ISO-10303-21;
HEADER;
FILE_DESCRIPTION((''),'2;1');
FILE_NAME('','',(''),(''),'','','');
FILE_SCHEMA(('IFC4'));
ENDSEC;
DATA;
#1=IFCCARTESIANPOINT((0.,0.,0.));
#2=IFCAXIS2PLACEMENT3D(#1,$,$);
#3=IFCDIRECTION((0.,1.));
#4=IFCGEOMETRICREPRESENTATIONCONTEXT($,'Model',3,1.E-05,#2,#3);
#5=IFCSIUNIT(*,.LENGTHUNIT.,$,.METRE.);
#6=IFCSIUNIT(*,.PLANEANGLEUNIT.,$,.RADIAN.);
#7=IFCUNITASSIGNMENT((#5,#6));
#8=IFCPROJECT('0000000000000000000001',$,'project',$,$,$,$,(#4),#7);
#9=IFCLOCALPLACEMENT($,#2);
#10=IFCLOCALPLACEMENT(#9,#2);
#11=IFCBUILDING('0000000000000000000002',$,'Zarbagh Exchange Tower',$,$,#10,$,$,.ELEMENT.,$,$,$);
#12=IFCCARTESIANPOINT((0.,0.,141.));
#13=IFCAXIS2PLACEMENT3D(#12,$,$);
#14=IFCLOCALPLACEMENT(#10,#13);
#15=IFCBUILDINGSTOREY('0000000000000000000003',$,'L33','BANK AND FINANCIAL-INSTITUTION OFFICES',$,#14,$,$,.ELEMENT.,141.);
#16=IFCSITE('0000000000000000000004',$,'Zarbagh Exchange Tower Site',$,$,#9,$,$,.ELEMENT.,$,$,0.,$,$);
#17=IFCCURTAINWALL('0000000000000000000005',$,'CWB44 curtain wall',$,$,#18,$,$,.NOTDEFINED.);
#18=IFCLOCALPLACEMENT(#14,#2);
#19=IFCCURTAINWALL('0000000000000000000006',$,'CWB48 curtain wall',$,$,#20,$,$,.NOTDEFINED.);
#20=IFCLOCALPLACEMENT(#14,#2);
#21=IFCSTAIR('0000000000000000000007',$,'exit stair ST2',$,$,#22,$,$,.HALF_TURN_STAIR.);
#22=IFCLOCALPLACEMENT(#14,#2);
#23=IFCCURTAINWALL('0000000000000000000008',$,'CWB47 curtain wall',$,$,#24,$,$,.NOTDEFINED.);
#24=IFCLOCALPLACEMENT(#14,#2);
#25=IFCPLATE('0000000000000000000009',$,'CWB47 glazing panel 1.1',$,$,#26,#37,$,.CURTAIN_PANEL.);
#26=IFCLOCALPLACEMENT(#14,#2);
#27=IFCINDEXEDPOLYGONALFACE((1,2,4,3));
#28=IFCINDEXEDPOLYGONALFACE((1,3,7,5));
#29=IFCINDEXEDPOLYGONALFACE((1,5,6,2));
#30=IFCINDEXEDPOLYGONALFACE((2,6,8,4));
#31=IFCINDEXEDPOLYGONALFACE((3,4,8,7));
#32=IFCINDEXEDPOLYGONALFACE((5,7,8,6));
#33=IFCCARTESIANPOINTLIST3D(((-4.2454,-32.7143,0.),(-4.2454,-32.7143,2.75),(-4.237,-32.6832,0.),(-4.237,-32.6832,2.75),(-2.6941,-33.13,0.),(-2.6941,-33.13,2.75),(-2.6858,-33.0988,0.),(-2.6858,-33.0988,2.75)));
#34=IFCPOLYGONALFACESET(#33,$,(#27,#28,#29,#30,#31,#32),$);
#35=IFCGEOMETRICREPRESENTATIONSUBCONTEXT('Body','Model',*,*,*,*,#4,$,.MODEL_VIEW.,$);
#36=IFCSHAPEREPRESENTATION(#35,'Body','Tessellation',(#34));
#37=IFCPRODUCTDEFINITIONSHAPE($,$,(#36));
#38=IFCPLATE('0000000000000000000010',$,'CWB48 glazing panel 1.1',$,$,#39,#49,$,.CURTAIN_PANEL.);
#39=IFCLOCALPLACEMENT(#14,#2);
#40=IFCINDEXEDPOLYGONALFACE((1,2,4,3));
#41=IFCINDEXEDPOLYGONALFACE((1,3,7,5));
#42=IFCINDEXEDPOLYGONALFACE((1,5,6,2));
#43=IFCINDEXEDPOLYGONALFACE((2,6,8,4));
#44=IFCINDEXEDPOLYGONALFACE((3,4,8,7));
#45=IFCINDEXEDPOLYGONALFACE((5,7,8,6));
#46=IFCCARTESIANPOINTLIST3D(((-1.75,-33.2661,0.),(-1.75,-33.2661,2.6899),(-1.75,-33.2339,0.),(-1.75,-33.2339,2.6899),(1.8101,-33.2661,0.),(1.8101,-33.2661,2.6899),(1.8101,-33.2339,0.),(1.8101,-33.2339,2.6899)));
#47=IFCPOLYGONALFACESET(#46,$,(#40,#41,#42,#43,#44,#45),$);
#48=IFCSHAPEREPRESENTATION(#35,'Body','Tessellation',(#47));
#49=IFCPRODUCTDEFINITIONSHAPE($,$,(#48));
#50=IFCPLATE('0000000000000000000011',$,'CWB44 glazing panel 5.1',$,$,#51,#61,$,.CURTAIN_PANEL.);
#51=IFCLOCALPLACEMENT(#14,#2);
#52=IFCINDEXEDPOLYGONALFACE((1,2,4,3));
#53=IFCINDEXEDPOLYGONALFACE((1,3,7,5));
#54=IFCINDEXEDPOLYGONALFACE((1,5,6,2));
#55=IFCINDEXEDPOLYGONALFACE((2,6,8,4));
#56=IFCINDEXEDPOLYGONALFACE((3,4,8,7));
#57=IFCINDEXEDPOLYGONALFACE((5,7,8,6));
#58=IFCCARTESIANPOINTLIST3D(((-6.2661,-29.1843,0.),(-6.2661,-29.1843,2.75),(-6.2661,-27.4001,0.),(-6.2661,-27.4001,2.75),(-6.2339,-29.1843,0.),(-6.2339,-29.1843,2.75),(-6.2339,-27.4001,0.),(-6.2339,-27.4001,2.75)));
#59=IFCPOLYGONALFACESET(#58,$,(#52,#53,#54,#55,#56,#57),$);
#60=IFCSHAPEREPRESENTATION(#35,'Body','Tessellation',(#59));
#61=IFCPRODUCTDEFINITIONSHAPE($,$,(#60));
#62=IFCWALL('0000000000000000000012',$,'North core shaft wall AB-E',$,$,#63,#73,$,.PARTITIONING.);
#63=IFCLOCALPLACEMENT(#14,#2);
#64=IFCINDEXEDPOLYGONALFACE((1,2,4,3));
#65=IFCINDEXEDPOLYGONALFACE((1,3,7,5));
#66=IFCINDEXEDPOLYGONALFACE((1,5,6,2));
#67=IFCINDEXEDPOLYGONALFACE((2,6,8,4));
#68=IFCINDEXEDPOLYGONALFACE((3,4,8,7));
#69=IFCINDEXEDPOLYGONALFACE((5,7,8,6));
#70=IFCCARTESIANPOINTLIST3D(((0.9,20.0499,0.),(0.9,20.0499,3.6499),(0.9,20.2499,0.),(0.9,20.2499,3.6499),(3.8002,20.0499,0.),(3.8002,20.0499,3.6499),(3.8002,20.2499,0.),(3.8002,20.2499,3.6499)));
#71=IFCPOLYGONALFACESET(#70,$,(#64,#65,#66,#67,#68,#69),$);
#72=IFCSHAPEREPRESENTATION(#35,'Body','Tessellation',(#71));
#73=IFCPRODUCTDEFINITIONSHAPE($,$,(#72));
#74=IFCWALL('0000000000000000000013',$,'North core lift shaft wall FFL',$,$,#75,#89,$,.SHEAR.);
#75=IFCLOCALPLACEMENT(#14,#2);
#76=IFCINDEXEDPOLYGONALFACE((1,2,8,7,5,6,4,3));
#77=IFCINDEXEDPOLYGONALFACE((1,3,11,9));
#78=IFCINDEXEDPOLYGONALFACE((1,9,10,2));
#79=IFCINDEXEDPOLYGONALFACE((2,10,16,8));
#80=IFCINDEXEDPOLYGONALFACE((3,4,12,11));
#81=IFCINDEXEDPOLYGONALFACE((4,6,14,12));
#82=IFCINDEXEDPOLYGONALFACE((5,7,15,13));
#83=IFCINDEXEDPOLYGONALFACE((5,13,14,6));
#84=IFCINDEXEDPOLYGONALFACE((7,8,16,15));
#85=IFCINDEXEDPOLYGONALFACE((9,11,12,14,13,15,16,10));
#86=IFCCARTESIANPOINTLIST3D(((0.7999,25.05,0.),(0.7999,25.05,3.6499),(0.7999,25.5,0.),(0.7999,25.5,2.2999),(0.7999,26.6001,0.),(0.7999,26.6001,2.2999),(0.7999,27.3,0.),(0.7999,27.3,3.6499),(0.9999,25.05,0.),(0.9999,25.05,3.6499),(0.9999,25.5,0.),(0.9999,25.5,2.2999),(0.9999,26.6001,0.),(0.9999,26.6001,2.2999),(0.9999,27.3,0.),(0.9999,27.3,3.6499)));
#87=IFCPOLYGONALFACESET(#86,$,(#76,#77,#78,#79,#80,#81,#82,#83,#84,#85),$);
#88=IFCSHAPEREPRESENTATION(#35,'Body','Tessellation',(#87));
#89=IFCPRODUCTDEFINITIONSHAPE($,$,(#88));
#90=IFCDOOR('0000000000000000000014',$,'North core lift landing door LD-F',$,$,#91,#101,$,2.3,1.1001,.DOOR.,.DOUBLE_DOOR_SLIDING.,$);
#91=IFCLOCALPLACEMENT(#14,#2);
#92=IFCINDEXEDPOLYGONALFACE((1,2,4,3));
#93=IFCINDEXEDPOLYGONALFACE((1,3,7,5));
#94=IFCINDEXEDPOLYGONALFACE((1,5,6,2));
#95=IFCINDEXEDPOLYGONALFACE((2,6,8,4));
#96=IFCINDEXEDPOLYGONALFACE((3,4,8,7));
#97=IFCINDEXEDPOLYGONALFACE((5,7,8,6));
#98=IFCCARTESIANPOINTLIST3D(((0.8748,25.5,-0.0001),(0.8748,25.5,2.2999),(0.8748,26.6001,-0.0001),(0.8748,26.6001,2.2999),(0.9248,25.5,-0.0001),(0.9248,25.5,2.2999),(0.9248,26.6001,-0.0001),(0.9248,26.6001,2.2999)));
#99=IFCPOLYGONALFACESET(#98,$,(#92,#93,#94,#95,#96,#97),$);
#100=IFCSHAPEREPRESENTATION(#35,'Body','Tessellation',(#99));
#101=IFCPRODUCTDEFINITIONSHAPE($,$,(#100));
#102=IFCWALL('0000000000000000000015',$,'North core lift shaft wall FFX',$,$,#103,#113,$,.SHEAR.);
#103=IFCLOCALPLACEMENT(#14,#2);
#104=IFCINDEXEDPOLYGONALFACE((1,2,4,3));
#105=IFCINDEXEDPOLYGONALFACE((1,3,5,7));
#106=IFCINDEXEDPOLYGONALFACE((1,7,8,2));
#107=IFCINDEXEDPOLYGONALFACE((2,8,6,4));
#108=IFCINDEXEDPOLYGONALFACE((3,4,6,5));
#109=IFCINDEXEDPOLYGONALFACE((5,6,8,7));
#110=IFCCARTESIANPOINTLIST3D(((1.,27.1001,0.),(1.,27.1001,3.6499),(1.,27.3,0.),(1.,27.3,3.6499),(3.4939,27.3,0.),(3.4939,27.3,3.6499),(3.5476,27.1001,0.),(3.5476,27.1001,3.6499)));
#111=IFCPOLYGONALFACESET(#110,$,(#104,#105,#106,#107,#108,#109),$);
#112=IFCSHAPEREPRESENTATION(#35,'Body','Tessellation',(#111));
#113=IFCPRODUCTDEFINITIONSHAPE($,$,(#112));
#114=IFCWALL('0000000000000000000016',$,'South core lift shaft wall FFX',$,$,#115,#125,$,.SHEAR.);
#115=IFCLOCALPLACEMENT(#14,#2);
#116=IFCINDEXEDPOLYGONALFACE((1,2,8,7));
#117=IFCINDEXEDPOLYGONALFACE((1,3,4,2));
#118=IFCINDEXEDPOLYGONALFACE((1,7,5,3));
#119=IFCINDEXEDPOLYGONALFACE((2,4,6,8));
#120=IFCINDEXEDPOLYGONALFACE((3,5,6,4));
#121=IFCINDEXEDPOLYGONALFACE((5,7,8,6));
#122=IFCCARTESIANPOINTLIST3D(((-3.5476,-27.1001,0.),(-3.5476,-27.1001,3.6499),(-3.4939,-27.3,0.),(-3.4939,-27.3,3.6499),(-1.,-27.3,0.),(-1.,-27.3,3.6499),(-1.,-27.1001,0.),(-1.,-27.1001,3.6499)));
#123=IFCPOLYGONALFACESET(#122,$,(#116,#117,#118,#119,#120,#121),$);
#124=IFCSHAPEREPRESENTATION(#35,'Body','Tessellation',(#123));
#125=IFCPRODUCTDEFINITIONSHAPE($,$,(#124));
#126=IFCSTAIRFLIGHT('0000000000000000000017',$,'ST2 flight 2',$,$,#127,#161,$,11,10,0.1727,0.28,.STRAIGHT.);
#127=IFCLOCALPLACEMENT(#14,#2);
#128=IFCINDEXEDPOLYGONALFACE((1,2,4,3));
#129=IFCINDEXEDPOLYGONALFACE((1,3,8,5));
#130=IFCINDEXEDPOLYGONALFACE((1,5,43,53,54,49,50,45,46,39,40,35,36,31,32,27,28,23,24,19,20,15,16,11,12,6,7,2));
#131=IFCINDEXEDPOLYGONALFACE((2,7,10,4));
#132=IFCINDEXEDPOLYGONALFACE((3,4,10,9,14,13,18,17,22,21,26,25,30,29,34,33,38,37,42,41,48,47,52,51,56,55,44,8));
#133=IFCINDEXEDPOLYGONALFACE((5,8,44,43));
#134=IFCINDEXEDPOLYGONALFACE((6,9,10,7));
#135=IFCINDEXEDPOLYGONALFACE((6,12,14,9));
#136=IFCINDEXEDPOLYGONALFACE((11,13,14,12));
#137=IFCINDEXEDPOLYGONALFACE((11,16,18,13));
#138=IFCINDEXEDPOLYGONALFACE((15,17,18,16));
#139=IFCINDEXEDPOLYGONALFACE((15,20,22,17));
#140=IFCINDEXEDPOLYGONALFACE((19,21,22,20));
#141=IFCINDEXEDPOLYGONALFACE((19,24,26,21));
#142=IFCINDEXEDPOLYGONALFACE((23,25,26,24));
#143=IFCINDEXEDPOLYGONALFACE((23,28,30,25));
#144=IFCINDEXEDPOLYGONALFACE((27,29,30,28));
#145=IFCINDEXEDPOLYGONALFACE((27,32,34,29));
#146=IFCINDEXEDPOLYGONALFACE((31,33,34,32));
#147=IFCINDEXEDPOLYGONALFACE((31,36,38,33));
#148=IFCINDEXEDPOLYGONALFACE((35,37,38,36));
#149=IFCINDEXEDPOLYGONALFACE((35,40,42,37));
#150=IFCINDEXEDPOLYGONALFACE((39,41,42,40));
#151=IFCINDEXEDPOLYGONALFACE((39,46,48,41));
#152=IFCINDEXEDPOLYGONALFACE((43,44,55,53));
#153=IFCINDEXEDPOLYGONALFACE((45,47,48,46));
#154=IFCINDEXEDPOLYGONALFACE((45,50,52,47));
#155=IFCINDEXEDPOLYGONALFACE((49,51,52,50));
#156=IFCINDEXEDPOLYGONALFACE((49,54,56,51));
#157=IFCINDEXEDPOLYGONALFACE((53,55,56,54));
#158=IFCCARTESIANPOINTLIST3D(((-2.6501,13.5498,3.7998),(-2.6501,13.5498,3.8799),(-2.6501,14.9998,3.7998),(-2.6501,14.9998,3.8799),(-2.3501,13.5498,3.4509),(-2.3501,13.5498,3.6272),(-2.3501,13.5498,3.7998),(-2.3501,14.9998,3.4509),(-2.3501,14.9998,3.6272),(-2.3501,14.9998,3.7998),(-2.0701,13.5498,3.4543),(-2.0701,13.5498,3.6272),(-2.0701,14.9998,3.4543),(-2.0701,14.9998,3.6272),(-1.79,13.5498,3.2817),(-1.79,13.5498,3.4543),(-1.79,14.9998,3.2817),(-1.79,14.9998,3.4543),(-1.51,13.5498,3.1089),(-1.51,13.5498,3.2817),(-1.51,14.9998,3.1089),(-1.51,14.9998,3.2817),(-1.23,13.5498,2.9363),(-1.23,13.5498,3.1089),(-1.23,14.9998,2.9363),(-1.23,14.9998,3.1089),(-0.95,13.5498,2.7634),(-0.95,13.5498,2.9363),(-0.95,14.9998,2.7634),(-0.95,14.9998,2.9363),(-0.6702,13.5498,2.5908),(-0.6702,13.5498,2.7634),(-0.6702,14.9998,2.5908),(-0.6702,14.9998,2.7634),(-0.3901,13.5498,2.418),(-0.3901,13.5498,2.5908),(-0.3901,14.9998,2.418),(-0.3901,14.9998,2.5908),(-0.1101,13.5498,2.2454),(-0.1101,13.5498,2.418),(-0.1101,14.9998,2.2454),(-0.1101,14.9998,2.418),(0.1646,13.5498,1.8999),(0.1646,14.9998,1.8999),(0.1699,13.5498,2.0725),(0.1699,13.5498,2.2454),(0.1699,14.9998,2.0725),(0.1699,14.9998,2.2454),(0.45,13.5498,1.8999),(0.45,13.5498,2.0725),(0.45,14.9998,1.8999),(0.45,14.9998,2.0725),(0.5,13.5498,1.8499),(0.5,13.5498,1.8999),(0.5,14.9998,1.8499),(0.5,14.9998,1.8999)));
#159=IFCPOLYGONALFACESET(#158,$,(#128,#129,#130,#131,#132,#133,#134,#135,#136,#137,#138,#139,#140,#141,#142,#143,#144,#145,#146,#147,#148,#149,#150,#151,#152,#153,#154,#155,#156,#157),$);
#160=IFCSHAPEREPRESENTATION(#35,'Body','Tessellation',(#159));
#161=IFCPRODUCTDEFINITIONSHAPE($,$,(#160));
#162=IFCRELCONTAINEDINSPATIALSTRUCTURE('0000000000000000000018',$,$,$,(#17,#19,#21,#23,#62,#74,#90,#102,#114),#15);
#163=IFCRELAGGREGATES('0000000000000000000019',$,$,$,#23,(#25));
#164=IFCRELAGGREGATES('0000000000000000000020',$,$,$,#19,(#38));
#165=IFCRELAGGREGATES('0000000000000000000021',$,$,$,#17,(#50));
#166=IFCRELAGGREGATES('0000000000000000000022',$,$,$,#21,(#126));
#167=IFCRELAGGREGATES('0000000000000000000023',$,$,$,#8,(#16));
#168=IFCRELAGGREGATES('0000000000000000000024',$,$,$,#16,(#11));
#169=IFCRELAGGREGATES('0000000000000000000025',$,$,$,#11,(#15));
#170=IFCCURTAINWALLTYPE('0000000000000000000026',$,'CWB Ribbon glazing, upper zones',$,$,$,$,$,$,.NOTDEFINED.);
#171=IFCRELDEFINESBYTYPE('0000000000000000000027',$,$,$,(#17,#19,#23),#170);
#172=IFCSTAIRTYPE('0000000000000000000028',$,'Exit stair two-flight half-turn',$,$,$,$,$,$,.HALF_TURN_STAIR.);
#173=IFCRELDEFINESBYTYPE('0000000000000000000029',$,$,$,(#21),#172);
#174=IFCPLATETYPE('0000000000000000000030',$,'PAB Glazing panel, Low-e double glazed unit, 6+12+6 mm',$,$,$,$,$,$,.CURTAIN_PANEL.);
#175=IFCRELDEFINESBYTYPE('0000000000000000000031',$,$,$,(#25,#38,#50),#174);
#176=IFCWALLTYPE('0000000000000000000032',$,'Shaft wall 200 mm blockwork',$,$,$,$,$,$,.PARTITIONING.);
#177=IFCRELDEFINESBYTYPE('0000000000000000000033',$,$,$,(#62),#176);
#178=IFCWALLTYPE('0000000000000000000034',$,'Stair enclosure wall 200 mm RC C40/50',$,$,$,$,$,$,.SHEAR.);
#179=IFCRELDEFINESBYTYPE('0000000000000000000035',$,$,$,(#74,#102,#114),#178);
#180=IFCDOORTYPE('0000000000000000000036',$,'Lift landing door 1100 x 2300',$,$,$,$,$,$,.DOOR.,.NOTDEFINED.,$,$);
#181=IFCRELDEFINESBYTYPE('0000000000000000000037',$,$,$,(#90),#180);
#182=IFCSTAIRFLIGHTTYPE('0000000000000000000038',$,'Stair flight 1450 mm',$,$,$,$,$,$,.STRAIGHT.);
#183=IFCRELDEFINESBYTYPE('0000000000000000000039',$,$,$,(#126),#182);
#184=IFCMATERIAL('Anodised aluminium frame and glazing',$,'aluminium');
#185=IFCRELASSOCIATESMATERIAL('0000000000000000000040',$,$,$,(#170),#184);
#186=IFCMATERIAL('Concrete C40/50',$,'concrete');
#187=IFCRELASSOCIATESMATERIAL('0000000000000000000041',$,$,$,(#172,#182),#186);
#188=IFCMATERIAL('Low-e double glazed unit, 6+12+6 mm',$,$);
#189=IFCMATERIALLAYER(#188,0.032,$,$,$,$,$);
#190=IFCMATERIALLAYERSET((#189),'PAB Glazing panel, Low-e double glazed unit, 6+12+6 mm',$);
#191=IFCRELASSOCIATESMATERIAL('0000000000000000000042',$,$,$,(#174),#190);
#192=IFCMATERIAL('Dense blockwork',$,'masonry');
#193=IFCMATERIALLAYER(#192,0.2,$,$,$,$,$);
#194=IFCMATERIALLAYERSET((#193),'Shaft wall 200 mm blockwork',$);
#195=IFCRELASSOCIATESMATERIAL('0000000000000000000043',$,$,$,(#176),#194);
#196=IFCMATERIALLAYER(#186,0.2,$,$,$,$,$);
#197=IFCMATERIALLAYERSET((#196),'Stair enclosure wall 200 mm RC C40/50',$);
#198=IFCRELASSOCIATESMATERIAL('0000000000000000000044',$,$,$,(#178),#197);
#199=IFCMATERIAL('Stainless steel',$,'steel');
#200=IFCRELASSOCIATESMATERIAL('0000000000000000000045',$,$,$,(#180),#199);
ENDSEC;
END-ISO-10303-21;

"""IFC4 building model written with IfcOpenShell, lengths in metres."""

from ifc_helpers import new_model, si_unit, direction, frame, frame_2d, origin, place, context, subcontext, project, spatial, polyline, rectangle, outline, extrude, source, transform, mapped, material, layer, layer_set, type_object, element, fill, aggregate, save


model = new_model("IFC4")

# Units and contexts
model_context = context("Model", 3, precision=1e-05, world=origin(), true_north=direction((0.0, 1.0)))
body_context = subcontext(model_context, "Body", "Model", "MODEL_VIEW")
ifc_project = project(units=[si_unit("LENGTHUNIT", "METRE"), si_unit("PLANEANGLEUNIT", "RADIAN")], contexts=[model_context])

# Site, building, storey
site_placement = place(None, origin())
site = spatial("IfcSite", under=ifc_project, at=site_placement, Name="Zarbagh Exchange Tower Site", CompositionType="ELEMENT", RefElevation=0.0)
building_placement = place(site_placement, origin())
building = spatial("IfcBuilding", under=site, at=building_placement, Name="Zarbagh Exchange Tower", CompositionType="ELEMENT")
storey_placement = place(building_placement, frame((0.0, 0.0, 141.0)))
storey = spatial("IfcBuildingStorey", under=building, at=storey_placement, Name="L33", Description="BANK AND FINANCIAL-INSTITUTION OFFICES", CompositionType="ELEMENT", Elevation=141.0)

# Curtain wall
ifc_material_1 = material(Name="Anodised aluminium frame and glazing", Category="aluminium")
curtain_wall_type = type_object("IfcCurtainWallType", Name="CWB Ribbon glazing, upper zones", PredefinedType="NOTDEFINED", material=ifc_material_1)
curtain_wall_1_placement = place(storey_placement, origin())
curtain_wall_1 = element("IfcCurtainWall", 1, at=curtain_wall_1_placement, inside=storey, type_object=curtain_wall_type, Name="CWB44 curtain wall", PredefinedType="NOTDEFINED")
placement = place(storey_placement, origin())

# Curtain wall
curtain_wall_2_placement = place(storey_placement, origin())
curtain_wall_2 = element("IfcCurtainWall", 2, at=curtain_wall_2_placement, inside=storey, type_object=curtain_wall_type, Name="CWB48 curtain wall", PredefinedType="NOTDEFINED")

# Stair
ifc_material_2 = material(Name="Concrete C40/50", Category="concrete")
stair_type = type_object("IfcStairType", Name="Exit stair two-flight half-turn", PredefinedType="HALF_TURN_STAIR", material=ifc_material_2)
stair_1_placement = place(storey_placement, origin())
stair_1 = element("IfcStair", 3, at=stair_1_placement, inside=storey, type_object=stair_type, Name="exit stair ST2", PredefinedType="HALF_TURN_STAIR")

# Shared definitions
ifc_material_3 = material(Name="Low-e double glazed unit, 6+12+6 mm")
ifc_layer_1 = layer(ifc_material_3, 0.032)
ifc_layer_set_1 = layer_set([ifc_layer_1], Name="PAB Glazing panel, Low-e double glazed unit, 6+12+6 mm")
plate_type = type_object("IfcPlateType", Name="PAB Glazing panel, Low-e double glazed unit, 6+12+6 mm", PredefinedType="CURTAIN_PANEL", material=ifc_layer_set_1)

# Curtain wall, plate
curtain_wall_3_placement = place(storey_placement, origin())
curtain_wall_3 = element("IfcCurtainWall", 4, at=curtain_wall_3_placement, inside=storey, type_object=curtain_wall_type, Name="CWB47 curtain wall", PredefinedType="NOTDEFINED")
shared_shape_1 = source(origin(), body_context, "Body", "SweptSolid", [
    extrude(outline(polyline([(0.0, -0.0161), (1.606, -0.0161), (1.606, 0.0161), (0.0, 0.0161), (0.0, -0.0161)])), origin(), (0.0, 0.0, 1.0), 2.75),
])
plate_1 = element("IfcPlate", 5, at=placement, type_object=plate_type, Name="CWB47 glazing panel 1.1", PredefinedType="CURTAIN_PANEL", context=body_context, shape_type="MappedRepresentation", body=[
    mapped(shared_shape_1, transform((-4.2412, -32.6987, 0.0), x_axis=(0.965924, -0.258825, 0.0), y_axis=(0.258825, 0.965924, 0.0), z_axis=(0.0, 0.0, 1.0))),
])
aggregate(curtain_wall_3, [plate_1])

# Plates
shared_shape_2 = source(origin(), body_context, "Body", "SweptSolid", [
    extrude(outline(polyline([(0.0, -0.0161), (3.5601, -0.0161), (3.5601, 0.0161), (0.0, 0.0161), (0.0, -0.0161)])), origin(), (0.0, 0.0, 1.0), 2.6899),
])
plate_2 = element("IfcPlate", 6, at=placement, type_object=plate_type, Name="CWB48 glazing panel 1.1", PredefinedType="CURTAIN_PANEL", context=body_context, shape_type="MappedRepresentation", body=[
    mapped(shared_shape_2, transform((-1.75, -33.25, 0.0), x_axis=(1.0, 0.0, 0.0), y_axis=(0.0, 1.0, 0.0), z_axis=(0.0, 0.0, 1.0))),
])
aggregate(curtain_wall_2, [plate_2])
shared_shape_3 = source(origin(), body_context, "Body", "SweptSolid", [
    extrude(outline(polyline([(0.0, -0.0161), (1.7842, -0.0161), (1.7842, 0.0161), (0.0, 0.0161), (0.0, -0.0161)])), origin(), (0.0, 0.0, 1.0), 2.75),
])
plate_3 = element("IfcPlate", 7, at=placement, type_object=plate_type, Name="CWB44 glazing panel 5.1", PredefinedType="CURTAIN_PANEL", context=body_context, shape_type="MappedRepresentation", body=[
    mapped(shared_shape_3, transform((-6.25, -27.4001, 0.0), x_axis=(0.0, -1.0, 0.0), y_axis=(1.0, 0.0, 0.0), z_axis=(0.0, 0.0, 1.0))),
])
aggregate(curtain_wall_1, [plate_3])

# Wall
ifc_material_4 = material(Name="Dense blockwork", Category="masonry")
ifc_layer_2 = layer(ifc_material_4, 0.2)
ifc_layer_set_2 = layer_set([ifc_layer_2], Name="Shaft wall 200 mm blockwork")
wall_type_1 = type_object("IfcWallType", Name="Shaft wall 200 mm blockwork", PredefinedType="PARTITIONING", material=ifc_layer_set_2)
wall_1_placement = place(storey_placement, frame((0.8999, 20.1499, 0.0), z_axis=(0.0, 0.0, 1.0), x_axis=(1.0, 0.0, 0.0)))
element("IfcWall", 8, at=wall_1_placement, inside=storey, type_object=wall_type_1, Name="North core shaft wall AB-E", PredefinedType="PARTITIONING", context=body_context, shape_type="SweptSolid", body=[
    extrude(rectangle(XDim=2.9001, YDim=0.2, at=frame_2d((1.4502, 0.0))), origin(), (0.0, 0.0, 1.0), 3.6499),
])

# Wall, opening, door
ifc_layer_3 = layer(ifc_material_2, 0.2)
ifc_layer_set_3 = layer_set([ifc_layer_3], Name="Stair enclosure wall 200 mm RC C40/50")
wall_type_2 = type_object("IfcWallType", Name="Stair enclosure wall 200 mm RC C40/50", PredefinedType="SHEAR", material=ifc_layer_set_3)
wall_2_placement = place(storey_placement, frame((0.8999, 27.3, 0.0), z_axis=(0.0, 0.0, 1.0), x_axis=(0.0, -1.0, 0.0)))
wall_2 = element("IfcWall", 9, at=wall_2_placement, inside=storey, type_object=wall_type_2, Name="North core lift shaft wall FFL", PredefinedType="SHEAR", context=body_context, shape_type="SweptSolid", body=[
    extrude(rectangle(XDim=2.25, YDim=0.2, at=frame_2d((1.125, 0.0))), origin(), (0.0, 0.0, 1.0), 3.6499),
])
opening_placement = place(wall_2_placement, frame((0.7, 0.0, 0.0)))
opening = element("IfcOpeningElement", 10, at=opening_placement, cuts=wall_2, PredefinedType="OPENING", context=body_context, shape_type="SweptSolid", body=[
    extrude(rectangle(XDim=1.1001, YDim=2.3, at=frame_2d((0.55, 1.1499))), frame((0.0, 0.1099, 0.0), z_axis=(0.0, -1.0, 0.0), x_axis=(1.0, 0.0, 0.0)), (0.0, 0.0, 1.0), 0.22),
])
ifc_material_5 = material(Name="Stainless steel", Category="steel")
door_type = type_object("IfcDoorType", Name="Lift landing door 1100 x 2300", OperationType="NOTDEFINED", PredefinedType="DOOR", material=ifc_material_5)
door_placement = place(opening_placement, origin())
door = element("IfcDoor", 11, at=door_placement, inside=storey, type_object=door_type, Name="North core lift landing door LD-F", OperationType="DOUBLE_DOOR_SLIDING", OverallHeight=2.3, OverallWidth=1.1001, PredefinedType="DOOR", context=body_context, shape_type="SweptSolid", body=[
    extrude(rectangle(XDim=1.1001, YDim=2.3, at=frame_2d((0.55, 1.1499))), frame((0.0, 0.0249, 0.0), z_axis=(0.0, -1.0, 0.0), x_axis=(1.0, 0.0, 0.0)), (0.0, 0.0, 1.0), 0.05),
])
fill(opening, door)

# Walls
wall_3_placement = place(storey_placement, origin())
element("IfcWall", 12, at=wall_3_placement, inside=storey, type_object=wall_type_2, Name="North core lift shaft wall FFX", PredefinedType="SHEAR", context=body_context, shape_type="SweptSolid", body=[
    extrude(outline(polyline([(1.0, 27.1001), (3.5476, 27.1001), (3.4939, 27.3), (1.0, 27.3), (1.0, 27.1001)])), origin(), (0.0, 0.0, 1.0), 3.6499),
])
wall_4_placement = place(storey_placement, origin())
element("IfcWall", 13, at=wall_4_placement, inside=storey, type_object=wall_type_2, Name="South core lift shaft wall FFX", PredefinedType="SHEAR", context=body_context, shape_type="SweptSolid", body=[
    extrude(outline(polyline([(-1.0, -27.1001), (-3.5476, -27.1001), (-3.4939, -27.3), (-1.0, -27.3), (-1.0, -27.1001)])), origin(), (0.0, 0.0, 1.0), 3.6499),
])

# Stair flight
stair_flight_type = type_object("IfcStairFlightType", Name="Stair flight 1450 mm", PredefinedType="STRAIGHT", material=ifc_material_2)
stair_flight_placement = place(storey_placement, frame((0.45, 14.2749, 1.8999), z_axis=(0.0, 0.0, 1.0), x_axis=(-1.0, 0.0, 0.0)))
stair_flight = element("IfcStairFlight", 14, at=stair_flight_placement, type_object=stair_flight_type, Name="ST2 flight 2", NumberOfRisers=11, NumberOfTreads=10, PredefinedType="STRAIGHT", RiserHeight=0.1727, TreadLength=0.28, context=body_context, shape_type="SweptSolid", body=[
    extrude(outline(polyline([(-0.05, -0.05), (-0.05, 0.0), (0.0, 0.0), (0.0, 0.1726), (0.28, 0.1726), (0.28, 0.3455), (0.5601, 0.3455), (0.5601, 0.5181), (0.8401, 0.5181), (0.8401, 0.6909), (1.1201, 0.6909), (1.1201, 0.8635), (1.3999, 0.8635), (1.3999, 1.0364), (1.6799, 1.0364), (1.6799, 1.209), (1.96, 1.209), (1.96, 1.3818), (2.24, 1.3818), (2.24, 1.5544), (2.52, 1.5544), (2.52, 1.7273), (2.8, 1.7273), (2.8, 1.8999), (3.1001, 1.98), (3.1001, 1.8999), (2.8, 1.551), (0.2854, 0.0), (-0.05, -0.05)])), frame((0.0, 0.7251, 0.0), z_axis=(0.0, -1.0, 0.0), x_axis=(1.0, 0.0, 0.0)), (0.0, 0.0, 1.0), 1.45),
])
aggregate(stair_1, [stair_flight])

save(model, "model.ifc")
